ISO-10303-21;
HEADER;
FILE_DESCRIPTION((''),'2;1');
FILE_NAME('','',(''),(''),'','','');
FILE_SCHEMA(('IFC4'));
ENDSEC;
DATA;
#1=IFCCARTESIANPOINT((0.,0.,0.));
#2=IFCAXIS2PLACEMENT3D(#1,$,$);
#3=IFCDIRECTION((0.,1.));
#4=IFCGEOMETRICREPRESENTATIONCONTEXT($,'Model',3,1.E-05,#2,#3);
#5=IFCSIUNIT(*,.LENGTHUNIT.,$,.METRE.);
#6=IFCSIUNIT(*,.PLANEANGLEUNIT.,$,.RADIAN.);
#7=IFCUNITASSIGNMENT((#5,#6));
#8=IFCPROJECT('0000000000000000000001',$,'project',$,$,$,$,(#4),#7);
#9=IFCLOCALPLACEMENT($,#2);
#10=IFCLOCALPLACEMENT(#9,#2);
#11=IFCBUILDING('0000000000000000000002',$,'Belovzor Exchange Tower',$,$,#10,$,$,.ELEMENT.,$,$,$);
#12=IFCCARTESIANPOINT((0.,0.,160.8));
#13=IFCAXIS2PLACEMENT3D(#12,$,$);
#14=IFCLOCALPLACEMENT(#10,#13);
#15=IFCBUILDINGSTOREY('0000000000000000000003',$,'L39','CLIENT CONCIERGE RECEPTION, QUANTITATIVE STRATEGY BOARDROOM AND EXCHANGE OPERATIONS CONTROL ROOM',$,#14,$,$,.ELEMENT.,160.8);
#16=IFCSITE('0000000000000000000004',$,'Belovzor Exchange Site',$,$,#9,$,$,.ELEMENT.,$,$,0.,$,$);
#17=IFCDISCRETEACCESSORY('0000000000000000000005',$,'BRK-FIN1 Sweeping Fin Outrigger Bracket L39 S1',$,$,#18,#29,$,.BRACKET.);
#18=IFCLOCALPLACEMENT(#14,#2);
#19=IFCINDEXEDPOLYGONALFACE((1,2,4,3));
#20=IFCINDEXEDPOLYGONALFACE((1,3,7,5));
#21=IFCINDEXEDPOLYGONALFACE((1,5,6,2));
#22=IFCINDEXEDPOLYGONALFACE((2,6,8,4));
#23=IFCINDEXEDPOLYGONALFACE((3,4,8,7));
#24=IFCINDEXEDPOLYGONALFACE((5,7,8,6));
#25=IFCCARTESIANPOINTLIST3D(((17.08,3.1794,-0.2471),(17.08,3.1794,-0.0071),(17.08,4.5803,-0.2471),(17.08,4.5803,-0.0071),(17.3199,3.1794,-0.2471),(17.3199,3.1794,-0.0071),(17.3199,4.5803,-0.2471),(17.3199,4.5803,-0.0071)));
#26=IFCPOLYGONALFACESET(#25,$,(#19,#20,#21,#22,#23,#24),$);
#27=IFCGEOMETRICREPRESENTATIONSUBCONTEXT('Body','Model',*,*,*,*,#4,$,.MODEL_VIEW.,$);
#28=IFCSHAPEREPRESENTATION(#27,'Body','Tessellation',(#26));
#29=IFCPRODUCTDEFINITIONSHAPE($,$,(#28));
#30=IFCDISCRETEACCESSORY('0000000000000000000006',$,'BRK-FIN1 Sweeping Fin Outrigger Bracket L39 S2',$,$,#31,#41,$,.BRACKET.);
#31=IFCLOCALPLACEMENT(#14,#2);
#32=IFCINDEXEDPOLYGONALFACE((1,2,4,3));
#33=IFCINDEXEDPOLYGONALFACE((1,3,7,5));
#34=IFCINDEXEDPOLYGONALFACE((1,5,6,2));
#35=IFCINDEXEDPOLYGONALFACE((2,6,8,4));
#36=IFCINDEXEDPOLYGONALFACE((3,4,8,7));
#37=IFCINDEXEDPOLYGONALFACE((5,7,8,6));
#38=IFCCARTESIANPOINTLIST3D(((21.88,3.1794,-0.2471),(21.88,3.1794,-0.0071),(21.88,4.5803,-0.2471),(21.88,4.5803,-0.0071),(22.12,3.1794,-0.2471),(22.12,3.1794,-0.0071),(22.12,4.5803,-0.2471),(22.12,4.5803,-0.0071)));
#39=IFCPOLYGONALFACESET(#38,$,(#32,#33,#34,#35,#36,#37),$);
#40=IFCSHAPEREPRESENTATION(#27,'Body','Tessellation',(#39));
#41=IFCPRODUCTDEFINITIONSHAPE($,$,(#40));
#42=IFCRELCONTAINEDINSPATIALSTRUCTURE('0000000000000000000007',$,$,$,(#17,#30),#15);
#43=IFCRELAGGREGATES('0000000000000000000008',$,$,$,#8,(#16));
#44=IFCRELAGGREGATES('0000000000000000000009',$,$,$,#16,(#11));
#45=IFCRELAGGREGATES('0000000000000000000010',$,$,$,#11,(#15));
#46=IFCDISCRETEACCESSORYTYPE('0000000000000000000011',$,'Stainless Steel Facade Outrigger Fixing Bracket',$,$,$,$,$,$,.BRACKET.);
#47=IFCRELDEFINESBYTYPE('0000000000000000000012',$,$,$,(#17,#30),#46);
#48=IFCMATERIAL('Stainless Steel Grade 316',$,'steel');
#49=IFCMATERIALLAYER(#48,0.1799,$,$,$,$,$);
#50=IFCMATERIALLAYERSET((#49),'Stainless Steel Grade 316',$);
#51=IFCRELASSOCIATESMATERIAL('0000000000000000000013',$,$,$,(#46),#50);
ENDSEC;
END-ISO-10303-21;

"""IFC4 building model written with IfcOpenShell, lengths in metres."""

from ifc_helpers import new_model, si_unit, direction, frame, origin, origin_2d, place, context, subcontext, project, spatial, rectangle, extrude, material, layer, layer_set, type_object, element, save


model = new_model("IFC4")

# Units and contexts
model_context = context("Model", 3, precision=1e-05, world=origin(), true_north=direction((0.0, 1.0)))
body_context = subcontext(model_context, "Body", "Model", "MODEL_VIEW")
ifc_project = project(units=[si_unit("LENGTHUNIT", "METRE"), si_unit("PLANEANGLEUNIT", "RADIAN")], contexts=[model_context])

# Site, building, storey
site_placement = place(None, origin())
site = spatial("IfcSite", under=ifc_project, at=site_placement, Name="Belovzor Exchange Site", CompositionType="ELEMENT", RefElevation=0.0)
building_placement = place(site_placement, origin())
building = spatial("IfcBuilding", under=site, at=building_placement, Name="Belovzor Exchange Tower", CompositionType="ELEMENT")
storey_placement = place(building_placement, frame((0.0, 0.0, 160.8)))
storey = spatial("IfcBuildingStorey", under=building, at=storey_placement, Name="L39", Description="CLIENT CONCIERGE RECEPTION, QUANTITATIVE STRATEGY BOARDROOM AND EXCHANGE OPERATIONS CONTROL ROOM", CompositionType="ELEMENT", Elevation=160.8)

# Discrete accessories
ifc_material_1 = material(Name="Stainless Steel Grade 316", Category="steel")
ifc_layer_1 = layer(ifc_material_1, 0.1799)
ifc_layer_set_1 = layer_set([ifc_layer_1], Name="Stainless Steel Grade 316")
discrete_accessory_type = type_object("IfcDiscreteAccessoryType", Name="Stainless Steel Facade Outrigger Fixing Bracket", PredefinedType="BRACKET", material=ifc_layer_set_1)
for number, where, z_axis, x_axis, name in (
    (1, (17.2, 3.8799, -0.2471), (0.0, 0.0, 1.0), (0.0, 1.0, 0.0), "BRK-FIN1 Sweeping Fin Outrigger Bracket L39 S1"),
    (2, (22.0, 3.8799, -0.2471), (0.0, 0.0, 1.0), (0.0, 1.0, 0.0), "BRK-FIN1 Sweeping Fin Outrigger Bracket L39 S2"),
):
    element("IfcDiscreteAccessory", number, at=place(storey_placement, frame(where, z_axis=z_axis, x_axis=x_axis)), inside=storey, type_object=discrete_accessory_type, Name=name, PredefinedType="BRACKET", context=body_context, shape_type="SweptSolid", body=[
        extrude(rectangle(XDim=1.4009, YDim=0.24, at=origin_2d()), origin(), (0.0, 0.0, 1.0), 0.24),
    ])

save(model, "model.ifc")
